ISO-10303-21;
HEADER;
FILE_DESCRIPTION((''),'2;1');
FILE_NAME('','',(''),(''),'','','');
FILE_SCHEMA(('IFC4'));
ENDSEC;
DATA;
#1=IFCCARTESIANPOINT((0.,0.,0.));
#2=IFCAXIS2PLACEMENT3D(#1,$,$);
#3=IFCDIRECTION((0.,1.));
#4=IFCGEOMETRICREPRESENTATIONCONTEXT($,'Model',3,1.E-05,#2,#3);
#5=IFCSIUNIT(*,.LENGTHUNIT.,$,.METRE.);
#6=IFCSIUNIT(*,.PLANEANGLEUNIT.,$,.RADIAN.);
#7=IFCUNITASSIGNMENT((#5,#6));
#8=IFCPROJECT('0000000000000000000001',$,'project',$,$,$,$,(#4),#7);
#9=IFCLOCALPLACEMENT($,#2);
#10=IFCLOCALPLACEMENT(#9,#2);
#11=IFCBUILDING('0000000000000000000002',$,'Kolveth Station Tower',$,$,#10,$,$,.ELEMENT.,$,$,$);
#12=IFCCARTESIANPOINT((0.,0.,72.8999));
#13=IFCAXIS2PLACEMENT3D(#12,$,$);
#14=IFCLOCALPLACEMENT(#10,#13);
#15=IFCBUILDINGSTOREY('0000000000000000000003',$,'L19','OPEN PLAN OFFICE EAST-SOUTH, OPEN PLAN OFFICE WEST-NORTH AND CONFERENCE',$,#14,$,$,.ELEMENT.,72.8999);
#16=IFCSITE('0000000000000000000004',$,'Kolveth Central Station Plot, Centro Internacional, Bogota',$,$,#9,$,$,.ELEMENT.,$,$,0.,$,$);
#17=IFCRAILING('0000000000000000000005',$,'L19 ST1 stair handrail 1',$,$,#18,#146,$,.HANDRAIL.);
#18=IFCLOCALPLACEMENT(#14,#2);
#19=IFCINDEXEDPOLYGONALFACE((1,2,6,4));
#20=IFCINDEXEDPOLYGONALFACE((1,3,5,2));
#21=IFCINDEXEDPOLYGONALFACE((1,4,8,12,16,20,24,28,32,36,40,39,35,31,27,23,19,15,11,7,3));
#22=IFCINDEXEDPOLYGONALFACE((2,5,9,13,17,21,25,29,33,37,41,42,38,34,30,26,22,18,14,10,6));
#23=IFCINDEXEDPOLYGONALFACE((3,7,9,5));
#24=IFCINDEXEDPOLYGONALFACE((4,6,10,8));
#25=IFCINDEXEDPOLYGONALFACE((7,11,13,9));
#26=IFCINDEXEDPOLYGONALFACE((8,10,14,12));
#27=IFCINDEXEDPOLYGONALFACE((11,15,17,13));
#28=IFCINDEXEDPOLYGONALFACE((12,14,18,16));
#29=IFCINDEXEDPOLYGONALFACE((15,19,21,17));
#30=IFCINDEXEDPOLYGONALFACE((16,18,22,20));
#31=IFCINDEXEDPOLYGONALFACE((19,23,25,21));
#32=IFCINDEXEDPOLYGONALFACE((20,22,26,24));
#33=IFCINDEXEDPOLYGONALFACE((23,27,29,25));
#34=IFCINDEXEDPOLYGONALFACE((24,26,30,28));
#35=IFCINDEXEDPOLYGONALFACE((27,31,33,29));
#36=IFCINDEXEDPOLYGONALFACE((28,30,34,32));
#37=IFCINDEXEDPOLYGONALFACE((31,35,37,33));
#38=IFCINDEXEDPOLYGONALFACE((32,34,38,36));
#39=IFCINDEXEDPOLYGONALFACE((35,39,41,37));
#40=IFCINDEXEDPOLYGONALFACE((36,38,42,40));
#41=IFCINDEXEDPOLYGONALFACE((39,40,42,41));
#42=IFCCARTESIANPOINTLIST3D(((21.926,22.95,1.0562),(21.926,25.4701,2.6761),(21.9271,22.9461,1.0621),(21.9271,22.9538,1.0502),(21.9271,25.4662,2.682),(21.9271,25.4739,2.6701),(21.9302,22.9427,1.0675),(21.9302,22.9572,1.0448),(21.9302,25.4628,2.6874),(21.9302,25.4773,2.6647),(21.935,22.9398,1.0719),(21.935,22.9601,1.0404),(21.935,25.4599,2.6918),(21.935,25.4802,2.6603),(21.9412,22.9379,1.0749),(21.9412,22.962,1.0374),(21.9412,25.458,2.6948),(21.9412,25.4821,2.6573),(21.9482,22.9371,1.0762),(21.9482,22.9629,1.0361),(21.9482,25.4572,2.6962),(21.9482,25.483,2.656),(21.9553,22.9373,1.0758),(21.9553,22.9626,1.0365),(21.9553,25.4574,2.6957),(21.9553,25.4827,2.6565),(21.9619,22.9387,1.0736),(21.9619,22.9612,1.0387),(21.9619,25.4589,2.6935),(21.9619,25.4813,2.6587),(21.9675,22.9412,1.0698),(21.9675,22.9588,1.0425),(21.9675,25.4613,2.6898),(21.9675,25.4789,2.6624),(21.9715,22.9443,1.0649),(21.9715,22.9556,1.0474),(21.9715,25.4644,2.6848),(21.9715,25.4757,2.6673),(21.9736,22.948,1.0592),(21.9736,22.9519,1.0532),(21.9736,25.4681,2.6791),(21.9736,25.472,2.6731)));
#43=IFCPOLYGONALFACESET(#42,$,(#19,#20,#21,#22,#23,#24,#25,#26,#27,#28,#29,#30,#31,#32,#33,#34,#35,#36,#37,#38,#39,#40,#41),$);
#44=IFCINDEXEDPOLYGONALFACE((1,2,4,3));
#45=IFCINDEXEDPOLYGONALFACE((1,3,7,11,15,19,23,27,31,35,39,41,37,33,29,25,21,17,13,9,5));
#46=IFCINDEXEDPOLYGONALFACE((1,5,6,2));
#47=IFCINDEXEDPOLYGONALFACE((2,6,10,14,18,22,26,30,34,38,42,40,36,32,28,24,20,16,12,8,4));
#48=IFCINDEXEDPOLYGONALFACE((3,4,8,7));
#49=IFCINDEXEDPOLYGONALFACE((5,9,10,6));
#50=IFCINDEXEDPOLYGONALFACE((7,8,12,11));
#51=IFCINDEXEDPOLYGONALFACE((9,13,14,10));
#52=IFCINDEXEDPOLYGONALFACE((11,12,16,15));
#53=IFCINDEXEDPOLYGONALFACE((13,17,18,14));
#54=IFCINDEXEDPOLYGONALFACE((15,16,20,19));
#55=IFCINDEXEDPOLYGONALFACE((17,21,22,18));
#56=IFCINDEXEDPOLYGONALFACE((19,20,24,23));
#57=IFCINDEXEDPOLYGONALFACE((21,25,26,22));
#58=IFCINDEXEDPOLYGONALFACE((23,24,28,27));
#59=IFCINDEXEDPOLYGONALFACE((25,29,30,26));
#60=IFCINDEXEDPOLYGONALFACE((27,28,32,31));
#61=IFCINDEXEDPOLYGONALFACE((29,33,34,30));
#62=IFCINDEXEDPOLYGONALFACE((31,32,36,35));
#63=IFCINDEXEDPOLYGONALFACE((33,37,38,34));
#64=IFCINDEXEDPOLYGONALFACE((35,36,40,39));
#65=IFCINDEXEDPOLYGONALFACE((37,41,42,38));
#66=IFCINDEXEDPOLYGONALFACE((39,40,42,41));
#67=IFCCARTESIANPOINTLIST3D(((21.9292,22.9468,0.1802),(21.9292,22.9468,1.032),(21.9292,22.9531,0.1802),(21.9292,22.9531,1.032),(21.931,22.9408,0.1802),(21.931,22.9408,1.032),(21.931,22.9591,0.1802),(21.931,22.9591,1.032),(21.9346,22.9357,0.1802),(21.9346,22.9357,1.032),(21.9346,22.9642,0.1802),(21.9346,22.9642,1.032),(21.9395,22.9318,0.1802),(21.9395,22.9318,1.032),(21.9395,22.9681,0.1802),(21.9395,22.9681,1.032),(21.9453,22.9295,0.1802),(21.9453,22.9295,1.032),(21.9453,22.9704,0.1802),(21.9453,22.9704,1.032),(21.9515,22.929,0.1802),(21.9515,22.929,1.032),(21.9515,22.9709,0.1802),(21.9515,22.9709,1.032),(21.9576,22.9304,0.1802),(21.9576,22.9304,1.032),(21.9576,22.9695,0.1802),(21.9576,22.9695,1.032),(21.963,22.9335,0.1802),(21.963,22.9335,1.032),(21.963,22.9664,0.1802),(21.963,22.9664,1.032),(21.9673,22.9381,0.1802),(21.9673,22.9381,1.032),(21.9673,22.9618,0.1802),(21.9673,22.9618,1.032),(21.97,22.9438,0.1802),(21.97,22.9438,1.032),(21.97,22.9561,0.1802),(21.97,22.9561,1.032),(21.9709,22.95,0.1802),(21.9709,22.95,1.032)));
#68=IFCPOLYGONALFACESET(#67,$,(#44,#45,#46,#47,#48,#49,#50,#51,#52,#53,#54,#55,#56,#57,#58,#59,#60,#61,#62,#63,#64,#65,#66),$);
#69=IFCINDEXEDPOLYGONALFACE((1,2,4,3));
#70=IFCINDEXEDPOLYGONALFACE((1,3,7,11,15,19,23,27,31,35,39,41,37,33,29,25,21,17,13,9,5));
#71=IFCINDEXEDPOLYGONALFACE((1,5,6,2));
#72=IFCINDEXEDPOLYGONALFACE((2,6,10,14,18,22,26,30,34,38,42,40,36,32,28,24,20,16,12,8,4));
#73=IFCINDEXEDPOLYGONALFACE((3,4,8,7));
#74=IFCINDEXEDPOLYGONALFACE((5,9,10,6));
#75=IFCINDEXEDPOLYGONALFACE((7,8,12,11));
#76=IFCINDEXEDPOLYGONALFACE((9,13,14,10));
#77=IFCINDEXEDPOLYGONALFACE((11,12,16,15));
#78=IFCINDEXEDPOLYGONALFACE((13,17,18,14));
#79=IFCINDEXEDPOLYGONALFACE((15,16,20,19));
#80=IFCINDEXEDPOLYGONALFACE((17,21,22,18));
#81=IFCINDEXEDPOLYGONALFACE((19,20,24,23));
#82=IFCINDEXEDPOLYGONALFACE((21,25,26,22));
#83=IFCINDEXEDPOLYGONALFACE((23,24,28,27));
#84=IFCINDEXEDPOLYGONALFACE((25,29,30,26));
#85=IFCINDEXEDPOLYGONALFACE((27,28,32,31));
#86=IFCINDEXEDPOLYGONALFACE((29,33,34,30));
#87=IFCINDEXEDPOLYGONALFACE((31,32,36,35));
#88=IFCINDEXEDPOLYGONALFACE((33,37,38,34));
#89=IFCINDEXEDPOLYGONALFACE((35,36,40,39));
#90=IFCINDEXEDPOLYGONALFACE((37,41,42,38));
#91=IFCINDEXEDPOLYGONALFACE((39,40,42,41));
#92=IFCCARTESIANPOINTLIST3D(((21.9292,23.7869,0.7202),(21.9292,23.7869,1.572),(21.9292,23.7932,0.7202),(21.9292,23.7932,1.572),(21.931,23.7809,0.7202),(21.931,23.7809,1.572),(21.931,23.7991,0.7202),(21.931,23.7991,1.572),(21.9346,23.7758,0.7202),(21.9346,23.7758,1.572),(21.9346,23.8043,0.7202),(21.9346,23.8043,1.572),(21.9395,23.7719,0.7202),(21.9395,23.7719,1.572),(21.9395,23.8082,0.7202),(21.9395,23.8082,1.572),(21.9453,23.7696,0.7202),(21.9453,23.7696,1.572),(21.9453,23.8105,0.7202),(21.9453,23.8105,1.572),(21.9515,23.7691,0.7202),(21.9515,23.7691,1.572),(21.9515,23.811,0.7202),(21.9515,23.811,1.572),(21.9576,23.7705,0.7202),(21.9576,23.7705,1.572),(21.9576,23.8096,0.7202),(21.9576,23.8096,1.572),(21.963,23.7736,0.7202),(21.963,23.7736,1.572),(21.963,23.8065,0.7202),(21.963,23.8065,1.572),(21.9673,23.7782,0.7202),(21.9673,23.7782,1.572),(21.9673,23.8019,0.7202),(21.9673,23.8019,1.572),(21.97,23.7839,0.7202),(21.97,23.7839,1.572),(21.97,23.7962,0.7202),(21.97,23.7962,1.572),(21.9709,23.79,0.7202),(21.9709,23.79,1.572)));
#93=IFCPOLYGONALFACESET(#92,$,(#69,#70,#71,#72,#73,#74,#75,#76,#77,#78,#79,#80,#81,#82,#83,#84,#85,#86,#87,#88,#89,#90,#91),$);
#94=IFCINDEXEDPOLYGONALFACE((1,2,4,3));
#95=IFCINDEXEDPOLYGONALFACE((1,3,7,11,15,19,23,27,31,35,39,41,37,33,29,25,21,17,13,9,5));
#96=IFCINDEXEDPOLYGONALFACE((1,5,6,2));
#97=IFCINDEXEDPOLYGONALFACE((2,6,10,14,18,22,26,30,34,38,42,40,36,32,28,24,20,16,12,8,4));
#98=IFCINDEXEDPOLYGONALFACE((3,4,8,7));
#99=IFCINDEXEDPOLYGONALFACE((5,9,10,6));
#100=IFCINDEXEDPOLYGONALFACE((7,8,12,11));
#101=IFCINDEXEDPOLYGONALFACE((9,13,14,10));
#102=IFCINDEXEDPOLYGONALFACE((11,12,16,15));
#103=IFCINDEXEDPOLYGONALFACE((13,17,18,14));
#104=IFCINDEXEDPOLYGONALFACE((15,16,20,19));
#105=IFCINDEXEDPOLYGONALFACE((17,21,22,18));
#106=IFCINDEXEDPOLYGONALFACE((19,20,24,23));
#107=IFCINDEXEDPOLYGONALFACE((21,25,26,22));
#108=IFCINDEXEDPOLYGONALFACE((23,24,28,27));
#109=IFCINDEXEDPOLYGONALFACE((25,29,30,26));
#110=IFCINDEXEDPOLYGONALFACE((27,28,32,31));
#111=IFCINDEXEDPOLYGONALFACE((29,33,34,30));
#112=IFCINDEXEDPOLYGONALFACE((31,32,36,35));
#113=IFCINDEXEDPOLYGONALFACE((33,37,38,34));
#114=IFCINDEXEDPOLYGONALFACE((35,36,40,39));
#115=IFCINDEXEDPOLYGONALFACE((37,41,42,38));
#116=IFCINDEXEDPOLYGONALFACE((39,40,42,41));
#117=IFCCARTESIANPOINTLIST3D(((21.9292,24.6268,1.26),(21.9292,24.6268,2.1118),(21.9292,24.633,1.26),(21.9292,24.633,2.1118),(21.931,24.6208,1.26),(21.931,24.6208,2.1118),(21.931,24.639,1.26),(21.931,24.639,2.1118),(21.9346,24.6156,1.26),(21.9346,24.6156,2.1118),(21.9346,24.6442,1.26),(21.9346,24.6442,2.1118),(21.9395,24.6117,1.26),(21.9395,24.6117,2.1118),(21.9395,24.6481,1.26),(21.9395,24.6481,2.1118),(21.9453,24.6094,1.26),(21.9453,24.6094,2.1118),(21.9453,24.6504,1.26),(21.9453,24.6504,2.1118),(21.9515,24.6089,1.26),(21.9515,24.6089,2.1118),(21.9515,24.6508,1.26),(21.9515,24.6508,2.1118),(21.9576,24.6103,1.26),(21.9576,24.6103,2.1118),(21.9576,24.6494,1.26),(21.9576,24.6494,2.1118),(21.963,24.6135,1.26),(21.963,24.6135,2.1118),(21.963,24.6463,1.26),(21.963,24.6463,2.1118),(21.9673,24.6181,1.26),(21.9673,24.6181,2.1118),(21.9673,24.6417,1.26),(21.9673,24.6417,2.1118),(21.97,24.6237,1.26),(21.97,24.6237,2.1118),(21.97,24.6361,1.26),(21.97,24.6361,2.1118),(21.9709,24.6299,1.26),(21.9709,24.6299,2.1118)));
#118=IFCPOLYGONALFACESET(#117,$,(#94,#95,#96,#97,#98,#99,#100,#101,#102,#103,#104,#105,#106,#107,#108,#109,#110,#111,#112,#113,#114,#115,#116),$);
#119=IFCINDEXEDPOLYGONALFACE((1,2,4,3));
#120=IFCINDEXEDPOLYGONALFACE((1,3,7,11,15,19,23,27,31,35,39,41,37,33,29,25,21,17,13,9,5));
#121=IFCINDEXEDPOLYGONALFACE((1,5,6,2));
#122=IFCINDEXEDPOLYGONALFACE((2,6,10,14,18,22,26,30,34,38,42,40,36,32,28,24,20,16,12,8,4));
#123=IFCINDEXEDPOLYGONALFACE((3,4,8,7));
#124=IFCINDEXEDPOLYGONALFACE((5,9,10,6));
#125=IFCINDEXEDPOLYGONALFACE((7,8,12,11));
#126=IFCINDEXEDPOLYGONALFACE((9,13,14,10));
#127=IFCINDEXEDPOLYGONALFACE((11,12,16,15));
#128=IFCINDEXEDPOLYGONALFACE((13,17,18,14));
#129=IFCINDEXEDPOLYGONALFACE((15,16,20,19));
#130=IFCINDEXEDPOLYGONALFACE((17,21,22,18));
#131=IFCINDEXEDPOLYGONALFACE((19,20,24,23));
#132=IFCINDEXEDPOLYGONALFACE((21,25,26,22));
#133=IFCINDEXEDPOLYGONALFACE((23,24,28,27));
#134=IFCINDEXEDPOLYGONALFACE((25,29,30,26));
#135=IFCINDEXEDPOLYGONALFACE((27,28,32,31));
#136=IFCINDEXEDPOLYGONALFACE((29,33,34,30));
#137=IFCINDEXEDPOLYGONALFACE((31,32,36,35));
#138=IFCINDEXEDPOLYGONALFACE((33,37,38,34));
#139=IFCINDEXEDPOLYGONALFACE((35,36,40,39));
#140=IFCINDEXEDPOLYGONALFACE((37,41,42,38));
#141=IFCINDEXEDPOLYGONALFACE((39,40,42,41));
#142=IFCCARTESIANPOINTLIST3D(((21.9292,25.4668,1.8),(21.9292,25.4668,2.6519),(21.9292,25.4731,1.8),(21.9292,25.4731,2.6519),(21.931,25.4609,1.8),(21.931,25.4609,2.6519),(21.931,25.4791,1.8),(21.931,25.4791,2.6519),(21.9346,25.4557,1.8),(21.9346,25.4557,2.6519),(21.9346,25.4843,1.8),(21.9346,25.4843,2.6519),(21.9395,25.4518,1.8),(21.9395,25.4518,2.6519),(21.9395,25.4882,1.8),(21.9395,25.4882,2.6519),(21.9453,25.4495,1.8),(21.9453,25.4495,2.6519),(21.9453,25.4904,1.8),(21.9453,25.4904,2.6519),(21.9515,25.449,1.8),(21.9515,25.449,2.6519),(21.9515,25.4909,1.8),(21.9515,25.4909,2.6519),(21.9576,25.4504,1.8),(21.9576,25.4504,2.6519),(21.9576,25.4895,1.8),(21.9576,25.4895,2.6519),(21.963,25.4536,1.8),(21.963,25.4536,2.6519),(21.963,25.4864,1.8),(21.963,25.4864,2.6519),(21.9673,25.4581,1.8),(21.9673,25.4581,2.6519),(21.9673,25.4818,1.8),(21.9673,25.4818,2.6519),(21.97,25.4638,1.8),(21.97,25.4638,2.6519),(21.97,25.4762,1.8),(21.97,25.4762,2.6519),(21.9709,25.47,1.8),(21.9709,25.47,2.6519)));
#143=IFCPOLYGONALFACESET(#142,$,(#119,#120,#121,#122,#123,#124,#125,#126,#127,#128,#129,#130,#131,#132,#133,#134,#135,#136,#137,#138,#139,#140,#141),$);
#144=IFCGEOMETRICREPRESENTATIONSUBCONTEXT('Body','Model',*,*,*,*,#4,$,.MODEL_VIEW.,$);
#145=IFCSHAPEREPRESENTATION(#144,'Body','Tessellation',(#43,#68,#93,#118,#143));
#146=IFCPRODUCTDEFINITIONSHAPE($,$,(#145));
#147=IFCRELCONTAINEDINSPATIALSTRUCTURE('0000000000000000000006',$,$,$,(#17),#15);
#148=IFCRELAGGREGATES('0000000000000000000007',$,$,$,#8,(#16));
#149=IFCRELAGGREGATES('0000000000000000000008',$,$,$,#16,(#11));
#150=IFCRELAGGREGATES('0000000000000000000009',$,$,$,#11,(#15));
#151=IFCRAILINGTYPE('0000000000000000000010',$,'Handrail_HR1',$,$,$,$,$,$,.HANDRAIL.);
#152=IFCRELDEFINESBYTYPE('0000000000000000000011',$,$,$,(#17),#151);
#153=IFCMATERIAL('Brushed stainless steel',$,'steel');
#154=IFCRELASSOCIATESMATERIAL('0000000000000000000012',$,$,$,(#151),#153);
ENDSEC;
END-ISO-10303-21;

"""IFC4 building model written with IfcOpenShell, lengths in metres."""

from ifc_helpers import new_model, si_unit, direction, frame, origin, origin_2d, place, context, subcontext, project, spatial, circle, extrude, material, type_object, element, save


model = new_model("IFC4")

# Units and contexts
model_context = context("Model", 3, precision=1e-05, world=origin(), true_north=direction((0.0, 1.0)))
body_context = subcontext(model_context, "Body", "Model", "MODEL_VIEW")
ifc_project = project(units=[si_unit("LENGTHUNIT", "METRE"), si_unit("PLANEANGLEUNIT", "RADIAN")], contexts=[model_context])

# Site, building, storey
site_placement = place(None, origin())
site = spatial("IfcSite", under=ifc_project, at=site_placement, Name="Kolveth Central Station Plot, Centro Internacional, Bogota", CompositionType="ELEMENT", RefElevation=0.0)
building_placement = place(site_placement, origin())
building = spatial("IfcBuilding", under=site, at=building_placement, Name="Kolveth Station Tower", CompositionType="ELEMENT")
storey_placement = place(building_placement, frame((0.0, 0.0, 72.8999)))
storey = spatial("IfcBuildingStorey", under=building, at=storey_placement, Name="L19", Description="OPEN PLAN OFFICE EAST-SOUTH, OPEN PLAN OFFICE WEST-NORTH AND CONFERENCE", CompositionType="ELEMENT", Elevation=72.8999)

# Railing
ifc_material_1 = material(Name="Brushed stainless steel", Category="steel")
railing_type_1 = type_object("IfcRailingType", Name="Handrail_HR1", PredefinedType="HANDRAIL", material=ifc_material_1)
railing_1_placement = place(storey_placement, frame((21.95, 22.95, 0.1802)))
element("IfcRailing", 1, at=railing_1_placement, inside=storey, type_object=railing_type_1, Name="L19 ST1 stair handrail 1", PredefinedType="HANDRAIL", context=body_context, shape_type="SweptSolid", body=[
    extrude(circle(Radius=0.0239, at=origin_2d()), frame((0.0, 0.0, 0.876), z_axis=(0.0, 0.8412, 0.540725), x_axis=(-1.0, 0.0, 0.0)), (0.0, 0.0, 1.0), 2.9958),
    extrude(circle(Radius=0.021, at=origin_2d()), origin(), (0.0, 0.0, 1.0), 0.8518),
    extrude(circle(Radius=0.021, at=origin_2d()), frame((0.0, 0.8401, 0.54)), (0.0, 0.0, 1.0), 0.8518),
    extrude(circle(Radius=0.021, at=origin_2d()), frame((0.0, 1.6799, 1.0798)), (0.0, 0.0, 1.0), 0.8518),
    extrude(circle(Radius=0.021, at=origin_2d()), frame((0.0, 2.52, 1.6199)), (0.0, 0.0, 1.0), 0.8518),
])

save(model, "model.ifc")
